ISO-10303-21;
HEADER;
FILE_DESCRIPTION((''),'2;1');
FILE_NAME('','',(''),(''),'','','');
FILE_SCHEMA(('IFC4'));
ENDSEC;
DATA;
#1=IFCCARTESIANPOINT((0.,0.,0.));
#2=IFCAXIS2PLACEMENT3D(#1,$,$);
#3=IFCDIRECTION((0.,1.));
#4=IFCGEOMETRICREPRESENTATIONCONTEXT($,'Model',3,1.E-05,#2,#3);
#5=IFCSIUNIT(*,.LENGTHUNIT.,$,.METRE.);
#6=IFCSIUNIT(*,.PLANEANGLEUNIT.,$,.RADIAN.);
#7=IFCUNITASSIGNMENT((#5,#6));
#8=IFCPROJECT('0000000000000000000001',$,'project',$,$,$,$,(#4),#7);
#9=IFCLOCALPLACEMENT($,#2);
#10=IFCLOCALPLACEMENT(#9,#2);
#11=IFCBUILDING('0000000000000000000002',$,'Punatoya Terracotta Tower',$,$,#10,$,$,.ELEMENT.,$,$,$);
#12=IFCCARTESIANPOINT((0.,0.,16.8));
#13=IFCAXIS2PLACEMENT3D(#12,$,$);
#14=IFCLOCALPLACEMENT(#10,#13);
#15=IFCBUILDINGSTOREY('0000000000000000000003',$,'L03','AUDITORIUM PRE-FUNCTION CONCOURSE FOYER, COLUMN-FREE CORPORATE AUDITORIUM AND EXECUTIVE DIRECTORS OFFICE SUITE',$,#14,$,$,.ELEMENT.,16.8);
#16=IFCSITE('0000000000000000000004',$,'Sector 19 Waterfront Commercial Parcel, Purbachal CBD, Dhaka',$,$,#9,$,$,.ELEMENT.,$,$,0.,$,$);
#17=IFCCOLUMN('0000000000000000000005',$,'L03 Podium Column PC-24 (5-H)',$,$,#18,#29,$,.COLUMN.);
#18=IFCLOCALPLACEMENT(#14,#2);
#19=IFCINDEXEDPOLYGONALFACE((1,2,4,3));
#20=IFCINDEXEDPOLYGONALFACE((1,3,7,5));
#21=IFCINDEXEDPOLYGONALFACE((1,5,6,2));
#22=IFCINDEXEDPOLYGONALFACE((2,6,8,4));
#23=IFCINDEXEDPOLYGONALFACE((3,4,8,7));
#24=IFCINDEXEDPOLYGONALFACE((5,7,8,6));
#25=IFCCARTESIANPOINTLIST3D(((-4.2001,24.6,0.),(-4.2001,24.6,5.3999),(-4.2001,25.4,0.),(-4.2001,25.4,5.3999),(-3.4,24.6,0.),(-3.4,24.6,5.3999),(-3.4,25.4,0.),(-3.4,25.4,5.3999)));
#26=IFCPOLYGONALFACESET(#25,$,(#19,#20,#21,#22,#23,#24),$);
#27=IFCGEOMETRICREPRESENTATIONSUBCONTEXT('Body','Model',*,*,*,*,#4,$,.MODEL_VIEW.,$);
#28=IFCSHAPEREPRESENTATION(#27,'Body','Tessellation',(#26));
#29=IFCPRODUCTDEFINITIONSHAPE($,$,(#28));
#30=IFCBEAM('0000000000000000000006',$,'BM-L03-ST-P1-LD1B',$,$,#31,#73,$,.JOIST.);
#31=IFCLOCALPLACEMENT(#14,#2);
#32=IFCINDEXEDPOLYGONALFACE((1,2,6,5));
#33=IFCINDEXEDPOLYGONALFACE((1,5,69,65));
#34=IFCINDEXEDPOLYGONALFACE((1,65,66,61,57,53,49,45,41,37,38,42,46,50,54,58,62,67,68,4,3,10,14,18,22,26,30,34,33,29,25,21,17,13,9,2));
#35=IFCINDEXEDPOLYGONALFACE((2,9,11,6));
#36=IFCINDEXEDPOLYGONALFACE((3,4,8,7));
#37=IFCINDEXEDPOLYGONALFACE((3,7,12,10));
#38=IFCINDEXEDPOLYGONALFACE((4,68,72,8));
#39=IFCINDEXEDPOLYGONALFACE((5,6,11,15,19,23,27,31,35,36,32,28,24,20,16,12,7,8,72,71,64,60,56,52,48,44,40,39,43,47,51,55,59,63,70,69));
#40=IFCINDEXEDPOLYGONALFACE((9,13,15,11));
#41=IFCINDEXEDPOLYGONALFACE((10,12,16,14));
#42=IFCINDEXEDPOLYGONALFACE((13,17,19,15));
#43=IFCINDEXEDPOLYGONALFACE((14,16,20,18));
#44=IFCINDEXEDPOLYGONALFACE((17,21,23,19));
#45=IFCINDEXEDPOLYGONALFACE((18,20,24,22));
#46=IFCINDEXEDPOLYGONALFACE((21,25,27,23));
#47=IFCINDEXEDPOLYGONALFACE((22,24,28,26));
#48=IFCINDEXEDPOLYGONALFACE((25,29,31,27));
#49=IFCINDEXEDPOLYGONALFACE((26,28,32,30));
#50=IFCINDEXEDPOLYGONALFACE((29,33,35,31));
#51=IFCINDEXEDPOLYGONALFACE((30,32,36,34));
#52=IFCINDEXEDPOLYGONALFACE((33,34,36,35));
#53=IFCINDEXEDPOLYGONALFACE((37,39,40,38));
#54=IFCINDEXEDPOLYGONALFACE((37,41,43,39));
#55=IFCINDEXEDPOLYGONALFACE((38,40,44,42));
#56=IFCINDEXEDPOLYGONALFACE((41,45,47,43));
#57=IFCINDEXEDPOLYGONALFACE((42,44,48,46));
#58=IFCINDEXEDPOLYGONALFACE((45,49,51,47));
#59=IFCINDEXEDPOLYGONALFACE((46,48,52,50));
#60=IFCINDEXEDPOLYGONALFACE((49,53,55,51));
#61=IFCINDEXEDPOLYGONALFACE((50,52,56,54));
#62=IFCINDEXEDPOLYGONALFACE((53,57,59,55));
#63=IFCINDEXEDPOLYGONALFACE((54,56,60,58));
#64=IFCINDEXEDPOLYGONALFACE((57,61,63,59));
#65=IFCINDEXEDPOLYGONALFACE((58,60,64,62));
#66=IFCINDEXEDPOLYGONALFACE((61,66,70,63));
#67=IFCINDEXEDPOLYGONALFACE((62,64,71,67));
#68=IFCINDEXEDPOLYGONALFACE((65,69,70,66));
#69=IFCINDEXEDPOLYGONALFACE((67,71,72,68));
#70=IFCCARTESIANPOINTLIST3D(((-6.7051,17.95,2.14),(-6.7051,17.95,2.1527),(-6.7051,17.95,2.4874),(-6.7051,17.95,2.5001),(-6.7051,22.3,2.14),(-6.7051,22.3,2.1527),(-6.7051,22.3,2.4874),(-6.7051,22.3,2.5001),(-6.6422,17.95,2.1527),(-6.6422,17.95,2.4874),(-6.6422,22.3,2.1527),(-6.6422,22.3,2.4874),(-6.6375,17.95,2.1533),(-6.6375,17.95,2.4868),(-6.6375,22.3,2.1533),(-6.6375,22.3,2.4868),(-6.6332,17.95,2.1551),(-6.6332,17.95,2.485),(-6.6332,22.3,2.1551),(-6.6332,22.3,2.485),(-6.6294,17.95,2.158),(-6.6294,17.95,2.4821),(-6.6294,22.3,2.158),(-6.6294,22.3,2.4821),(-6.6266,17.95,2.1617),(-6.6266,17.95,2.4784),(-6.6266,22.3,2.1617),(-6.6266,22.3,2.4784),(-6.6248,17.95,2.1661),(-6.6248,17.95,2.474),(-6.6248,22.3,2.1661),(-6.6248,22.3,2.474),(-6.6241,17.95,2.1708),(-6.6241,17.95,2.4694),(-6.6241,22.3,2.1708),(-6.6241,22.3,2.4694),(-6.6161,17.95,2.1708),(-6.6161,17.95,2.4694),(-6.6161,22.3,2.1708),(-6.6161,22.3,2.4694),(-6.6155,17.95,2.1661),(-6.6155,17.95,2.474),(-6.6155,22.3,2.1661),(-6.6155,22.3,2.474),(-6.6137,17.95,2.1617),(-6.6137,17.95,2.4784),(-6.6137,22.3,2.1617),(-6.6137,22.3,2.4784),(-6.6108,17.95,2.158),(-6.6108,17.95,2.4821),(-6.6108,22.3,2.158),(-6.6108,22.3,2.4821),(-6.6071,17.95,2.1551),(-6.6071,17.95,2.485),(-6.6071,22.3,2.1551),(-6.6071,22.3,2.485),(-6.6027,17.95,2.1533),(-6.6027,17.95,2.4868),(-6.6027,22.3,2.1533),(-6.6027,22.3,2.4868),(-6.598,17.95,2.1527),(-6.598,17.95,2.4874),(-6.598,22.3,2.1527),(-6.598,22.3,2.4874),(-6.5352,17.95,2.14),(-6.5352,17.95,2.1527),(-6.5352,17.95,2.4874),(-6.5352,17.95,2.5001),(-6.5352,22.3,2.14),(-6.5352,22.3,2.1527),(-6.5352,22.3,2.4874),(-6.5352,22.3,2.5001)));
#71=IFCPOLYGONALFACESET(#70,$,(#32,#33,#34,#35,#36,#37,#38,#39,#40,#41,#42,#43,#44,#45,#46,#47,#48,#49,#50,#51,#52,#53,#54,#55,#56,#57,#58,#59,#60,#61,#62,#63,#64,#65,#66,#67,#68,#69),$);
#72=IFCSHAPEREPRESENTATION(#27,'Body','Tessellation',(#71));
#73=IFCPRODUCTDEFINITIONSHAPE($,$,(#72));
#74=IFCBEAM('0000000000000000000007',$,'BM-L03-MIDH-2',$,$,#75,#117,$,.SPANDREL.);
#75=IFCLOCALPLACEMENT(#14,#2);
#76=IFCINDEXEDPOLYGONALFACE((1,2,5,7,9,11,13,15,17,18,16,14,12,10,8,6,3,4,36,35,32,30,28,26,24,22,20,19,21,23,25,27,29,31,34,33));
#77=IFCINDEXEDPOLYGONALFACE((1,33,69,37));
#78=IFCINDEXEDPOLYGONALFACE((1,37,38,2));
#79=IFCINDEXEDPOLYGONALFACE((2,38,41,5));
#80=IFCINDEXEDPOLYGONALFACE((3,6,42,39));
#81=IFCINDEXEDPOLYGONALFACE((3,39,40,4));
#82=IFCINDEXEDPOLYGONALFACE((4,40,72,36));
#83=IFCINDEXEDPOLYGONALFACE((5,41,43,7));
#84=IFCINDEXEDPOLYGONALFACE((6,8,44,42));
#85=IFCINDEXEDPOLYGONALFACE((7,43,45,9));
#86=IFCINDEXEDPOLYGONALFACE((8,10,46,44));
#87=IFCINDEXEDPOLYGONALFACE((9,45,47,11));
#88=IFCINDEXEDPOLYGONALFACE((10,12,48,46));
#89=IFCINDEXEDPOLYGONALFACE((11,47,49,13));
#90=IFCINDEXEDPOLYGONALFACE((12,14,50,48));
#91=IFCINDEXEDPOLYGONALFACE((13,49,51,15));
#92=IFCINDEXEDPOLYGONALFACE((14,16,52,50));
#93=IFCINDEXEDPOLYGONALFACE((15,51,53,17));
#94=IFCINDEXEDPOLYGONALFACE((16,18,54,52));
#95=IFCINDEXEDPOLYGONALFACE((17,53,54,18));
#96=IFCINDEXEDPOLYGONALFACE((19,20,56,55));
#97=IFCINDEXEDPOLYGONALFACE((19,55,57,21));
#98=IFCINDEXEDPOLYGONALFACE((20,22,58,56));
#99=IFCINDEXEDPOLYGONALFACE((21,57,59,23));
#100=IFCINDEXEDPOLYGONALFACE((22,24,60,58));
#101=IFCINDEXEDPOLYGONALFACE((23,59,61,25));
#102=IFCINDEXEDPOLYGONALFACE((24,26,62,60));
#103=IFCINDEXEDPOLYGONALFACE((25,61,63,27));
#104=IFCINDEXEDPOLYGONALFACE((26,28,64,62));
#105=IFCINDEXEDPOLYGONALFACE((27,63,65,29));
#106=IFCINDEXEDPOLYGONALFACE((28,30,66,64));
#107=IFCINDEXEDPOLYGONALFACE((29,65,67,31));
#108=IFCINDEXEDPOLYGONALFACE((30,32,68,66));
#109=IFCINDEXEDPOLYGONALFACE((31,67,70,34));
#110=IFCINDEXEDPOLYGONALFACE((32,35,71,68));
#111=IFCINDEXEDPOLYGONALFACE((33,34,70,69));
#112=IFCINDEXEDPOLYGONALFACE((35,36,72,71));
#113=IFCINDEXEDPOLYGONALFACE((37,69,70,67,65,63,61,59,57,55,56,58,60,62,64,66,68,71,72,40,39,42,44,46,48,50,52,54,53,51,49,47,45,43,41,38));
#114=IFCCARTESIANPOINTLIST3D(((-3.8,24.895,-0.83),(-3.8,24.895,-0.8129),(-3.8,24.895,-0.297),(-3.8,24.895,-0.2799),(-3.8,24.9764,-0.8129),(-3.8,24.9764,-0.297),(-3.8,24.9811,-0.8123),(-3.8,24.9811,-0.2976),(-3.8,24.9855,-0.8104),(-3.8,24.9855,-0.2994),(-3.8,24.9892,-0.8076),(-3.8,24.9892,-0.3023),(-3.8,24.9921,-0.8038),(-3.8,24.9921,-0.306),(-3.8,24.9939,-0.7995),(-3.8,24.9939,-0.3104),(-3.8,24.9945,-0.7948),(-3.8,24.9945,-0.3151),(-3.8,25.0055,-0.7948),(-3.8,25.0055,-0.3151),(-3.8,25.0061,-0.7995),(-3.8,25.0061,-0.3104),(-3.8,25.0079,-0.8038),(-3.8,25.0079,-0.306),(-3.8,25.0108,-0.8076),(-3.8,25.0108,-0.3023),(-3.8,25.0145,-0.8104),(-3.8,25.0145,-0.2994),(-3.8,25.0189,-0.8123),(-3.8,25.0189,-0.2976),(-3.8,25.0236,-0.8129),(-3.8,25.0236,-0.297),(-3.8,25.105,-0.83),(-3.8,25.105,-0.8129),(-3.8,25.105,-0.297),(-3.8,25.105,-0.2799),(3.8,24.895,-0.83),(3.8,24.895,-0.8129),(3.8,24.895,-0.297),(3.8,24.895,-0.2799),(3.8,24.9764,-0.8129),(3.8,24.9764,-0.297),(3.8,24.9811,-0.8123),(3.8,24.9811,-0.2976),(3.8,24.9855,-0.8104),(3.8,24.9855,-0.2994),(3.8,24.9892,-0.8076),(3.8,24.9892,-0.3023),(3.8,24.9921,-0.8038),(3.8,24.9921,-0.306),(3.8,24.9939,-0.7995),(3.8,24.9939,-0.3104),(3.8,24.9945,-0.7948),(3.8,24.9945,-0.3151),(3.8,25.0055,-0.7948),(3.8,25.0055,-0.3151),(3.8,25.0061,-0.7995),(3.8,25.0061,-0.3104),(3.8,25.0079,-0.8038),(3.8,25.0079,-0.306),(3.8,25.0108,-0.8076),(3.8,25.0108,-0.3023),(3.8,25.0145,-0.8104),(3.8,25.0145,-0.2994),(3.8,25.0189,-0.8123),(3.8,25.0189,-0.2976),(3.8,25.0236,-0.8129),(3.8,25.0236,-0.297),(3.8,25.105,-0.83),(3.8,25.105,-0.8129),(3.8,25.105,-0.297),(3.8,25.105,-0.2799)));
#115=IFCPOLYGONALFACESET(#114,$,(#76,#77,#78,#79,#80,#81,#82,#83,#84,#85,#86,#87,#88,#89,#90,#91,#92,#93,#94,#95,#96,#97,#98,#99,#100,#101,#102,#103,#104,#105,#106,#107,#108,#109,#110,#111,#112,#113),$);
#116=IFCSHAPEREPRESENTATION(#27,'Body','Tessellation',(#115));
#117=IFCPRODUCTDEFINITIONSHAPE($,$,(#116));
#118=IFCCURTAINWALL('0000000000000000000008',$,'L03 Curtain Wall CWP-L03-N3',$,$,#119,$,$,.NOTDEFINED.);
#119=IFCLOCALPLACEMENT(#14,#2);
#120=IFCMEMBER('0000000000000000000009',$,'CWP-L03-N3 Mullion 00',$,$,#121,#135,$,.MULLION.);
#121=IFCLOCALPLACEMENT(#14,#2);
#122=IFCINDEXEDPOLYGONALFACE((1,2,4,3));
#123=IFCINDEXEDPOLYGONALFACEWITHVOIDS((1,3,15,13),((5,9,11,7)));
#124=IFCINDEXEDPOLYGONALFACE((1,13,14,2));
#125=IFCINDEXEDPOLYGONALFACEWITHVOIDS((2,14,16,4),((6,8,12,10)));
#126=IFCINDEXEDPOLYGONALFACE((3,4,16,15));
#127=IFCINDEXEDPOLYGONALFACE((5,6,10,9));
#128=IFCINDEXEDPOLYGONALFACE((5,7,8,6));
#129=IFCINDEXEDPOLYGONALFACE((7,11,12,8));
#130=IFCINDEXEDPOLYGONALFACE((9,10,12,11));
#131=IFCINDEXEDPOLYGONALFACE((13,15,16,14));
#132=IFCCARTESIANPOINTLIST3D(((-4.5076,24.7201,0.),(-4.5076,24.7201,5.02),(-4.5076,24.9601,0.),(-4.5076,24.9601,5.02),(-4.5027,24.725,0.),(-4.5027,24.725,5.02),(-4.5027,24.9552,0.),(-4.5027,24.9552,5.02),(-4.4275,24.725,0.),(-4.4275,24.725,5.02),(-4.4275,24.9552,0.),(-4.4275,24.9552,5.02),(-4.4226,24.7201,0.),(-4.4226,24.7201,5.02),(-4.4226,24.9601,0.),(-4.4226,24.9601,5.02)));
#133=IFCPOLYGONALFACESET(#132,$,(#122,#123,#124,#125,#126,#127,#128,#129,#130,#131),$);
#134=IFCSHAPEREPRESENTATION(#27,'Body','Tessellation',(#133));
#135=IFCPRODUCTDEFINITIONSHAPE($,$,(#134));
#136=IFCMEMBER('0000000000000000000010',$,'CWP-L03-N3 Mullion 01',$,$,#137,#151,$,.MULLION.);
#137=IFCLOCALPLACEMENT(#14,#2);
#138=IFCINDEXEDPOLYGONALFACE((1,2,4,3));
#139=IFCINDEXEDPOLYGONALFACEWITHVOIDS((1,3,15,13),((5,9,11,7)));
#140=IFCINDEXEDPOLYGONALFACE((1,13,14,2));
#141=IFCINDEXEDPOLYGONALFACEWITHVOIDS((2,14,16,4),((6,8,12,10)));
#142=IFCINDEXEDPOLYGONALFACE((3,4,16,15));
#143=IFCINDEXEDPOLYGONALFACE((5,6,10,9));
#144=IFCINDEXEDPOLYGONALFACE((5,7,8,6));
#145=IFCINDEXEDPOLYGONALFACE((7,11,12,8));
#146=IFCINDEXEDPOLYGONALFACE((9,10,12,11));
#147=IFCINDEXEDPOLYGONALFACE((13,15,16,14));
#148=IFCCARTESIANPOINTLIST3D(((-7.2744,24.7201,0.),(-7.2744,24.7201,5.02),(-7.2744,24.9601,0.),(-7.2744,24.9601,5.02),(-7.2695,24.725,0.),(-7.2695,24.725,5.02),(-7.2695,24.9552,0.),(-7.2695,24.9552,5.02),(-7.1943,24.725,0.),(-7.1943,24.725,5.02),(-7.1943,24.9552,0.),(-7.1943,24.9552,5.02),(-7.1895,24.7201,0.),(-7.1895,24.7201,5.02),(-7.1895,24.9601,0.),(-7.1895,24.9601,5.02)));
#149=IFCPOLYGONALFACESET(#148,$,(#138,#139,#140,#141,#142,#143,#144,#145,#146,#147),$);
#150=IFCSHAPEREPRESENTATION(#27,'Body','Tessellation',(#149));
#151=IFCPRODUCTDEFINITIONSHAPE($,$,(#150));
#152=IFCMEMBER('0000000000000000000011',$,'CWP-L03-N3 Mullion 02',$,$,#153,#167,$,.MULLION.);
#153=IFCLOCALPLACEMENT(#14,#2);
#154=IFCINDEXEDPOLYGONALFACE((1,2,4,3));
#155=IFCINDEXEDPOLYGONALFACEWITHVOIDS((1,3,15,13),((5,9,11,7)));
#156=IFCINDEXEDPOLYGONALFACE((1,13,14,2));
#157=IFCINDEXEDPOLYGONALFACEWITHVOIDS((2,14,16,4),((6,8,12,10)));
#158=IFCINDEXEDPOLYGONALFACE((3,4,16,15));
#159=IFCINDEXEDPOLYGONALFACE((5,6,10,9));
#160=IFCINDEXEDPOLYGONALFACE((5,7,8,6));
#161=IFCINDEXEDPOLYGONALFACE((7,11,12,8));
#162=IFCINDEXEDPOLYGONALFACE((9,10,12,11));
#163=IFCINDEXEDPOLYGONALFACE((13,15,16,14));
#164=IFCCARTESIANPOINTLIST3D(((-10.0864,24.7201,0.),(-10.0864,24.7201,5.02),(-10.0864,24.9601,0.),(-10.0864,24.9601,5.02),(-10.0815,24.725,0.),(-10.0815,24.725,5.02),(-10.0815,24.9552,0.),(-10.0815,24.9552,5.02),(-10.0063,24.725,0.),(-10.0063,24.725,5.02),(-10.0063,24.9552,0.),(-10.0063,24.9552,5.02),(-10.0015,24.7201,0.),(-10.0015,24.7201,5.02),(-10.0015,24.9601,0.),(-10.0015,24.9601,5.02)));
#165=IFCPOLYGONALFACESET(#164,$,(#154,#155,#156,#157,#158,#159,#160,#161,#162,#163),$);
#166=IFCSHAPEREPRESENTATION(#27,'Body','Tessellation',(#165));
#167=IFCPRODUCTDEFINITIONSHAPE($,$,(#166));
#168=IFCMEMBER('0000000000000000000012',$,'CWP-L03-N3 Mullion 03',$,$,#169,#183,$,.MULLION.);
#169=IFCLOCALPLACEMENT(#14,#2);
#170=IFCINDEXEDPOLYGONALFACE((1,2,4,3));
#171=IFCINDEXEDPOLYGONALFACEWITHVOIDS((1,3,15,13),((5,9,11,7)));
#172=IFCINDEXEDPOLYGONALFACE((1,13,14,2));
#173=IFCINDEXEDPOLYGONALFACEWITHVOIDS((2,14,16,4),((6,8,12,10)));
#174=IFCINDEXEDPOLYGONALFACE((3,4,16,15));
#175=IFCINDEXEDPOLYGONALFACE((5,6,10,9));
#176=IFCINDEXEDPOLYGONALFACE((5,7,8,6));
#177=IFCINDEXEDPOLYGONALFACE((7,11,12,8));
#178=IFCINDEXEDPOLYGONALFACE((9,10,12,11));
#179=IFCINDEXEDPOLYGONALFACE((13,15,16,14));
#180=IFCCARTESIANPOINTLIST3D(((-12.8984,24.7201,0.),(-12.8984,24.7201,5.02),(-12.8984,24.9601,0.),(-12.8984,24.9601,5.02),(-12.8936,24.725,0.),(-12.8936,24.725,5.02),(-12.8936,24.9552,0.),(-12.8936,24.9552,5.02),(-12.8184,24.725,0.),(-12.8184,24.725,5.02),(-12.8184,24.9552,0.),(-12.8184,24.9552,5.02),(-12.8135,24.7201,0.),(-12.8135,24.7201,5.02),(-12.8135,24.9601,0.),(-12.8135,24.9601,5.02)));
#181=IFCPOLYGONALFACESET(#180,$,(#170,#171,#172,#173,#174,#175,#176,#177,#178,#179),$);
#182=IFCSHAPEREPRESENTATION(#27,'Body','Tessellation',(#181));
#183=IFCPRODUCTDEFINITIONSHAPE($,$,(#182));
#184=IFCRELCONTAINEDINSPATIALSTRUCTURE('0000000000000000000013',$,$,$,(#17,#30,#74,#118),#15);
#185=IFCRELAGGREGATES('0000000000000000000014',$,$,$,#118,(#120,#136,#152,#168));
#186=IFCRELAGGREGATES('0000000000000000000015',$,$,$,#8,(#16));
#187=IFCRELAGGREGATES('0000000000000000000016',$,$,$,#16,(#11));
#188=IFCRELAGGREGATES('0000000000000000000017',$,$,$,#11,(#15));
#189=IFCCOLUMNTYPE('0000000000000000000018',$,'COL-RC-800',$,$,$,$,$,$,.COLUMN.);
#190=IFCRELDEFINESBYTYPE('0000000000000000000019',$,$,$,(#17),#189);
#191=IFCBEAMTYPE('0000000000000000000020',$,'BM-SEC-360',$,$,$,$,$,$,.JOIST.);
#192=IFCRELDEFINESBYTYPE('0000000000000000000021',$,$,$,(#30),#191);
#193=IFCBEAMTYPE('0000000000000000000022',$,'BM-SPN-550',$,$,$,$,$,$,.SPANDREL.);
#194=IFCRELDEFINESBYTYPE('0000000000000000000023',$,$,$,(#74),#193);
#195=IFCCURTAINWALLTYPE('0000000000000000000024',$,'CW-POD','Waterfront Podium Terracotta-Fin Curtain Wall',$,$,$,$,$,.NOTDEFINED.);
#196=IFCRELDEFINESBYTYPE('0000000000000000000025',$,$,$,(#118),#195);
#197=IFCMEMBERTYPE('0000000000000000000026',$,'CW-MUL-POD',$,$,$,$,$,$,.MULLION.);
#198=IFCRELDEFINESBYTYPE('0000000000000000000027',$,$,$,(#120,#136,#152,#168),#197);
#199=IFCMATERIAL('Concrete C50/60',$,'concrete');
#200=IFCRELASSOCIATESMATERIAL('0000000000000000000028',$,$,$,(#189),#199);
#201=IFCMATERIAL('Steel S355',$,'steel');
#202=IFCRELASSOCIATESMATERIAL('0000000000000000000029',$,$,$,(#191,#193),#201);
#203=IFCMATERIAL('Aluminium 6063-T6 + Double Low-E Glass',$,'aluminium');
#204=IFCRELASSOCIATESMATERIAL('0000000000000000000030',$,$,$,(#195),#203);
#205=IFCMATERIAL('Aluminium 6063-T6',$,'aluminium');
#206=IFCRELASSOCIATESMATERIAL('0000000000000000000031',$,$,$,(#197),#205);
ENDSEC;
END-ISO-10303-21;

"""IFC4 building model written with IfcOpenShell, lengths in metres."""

from ifc_helpers import new_model, si_unit, direction, frame, origin, origin_2d, place, context, subcontext, project, spatial, rectangle, hollow_rectangle, i_section, extrude, material, material_profile, profile_set, type_object, element, aggregate, save


model = new_model("IFC4")

# Units and contexts
model_context = context("Model", 3, precision=1e-05, world=origin(), true_north=direction((0.0, 1.0)))
body_context = subcontext(model_context, "Body", "Model", "MODEL_VIEW")
ifc_project = project(units=[si_unit("LENGTHUNIT", "METRE"), si_unit("PLANEANGLEUNIT", "RADIAN")], contexts=[model_context])

# Site, building, storey
site_placement = place(None, origin())
site = spatial("IfcSite", under=ifc_project, at=site_placement, Name="Sector 19 Waterfront Commercial Parcel, Purbachal CBD, Dhaka", CompositionType="ELEMENT", RefElevation=0.0)
building_placement = place(site_placement, origin())
building = spatial("IfcBuilding", under=site, at=building_placement, Name="Punatoya Terracotta Tower", CompositionType="ELEMENT")
storey_placement = place(building_placement, frame((0.0, 0.0, 16.8)))
storey = spatial("IfcBuildingStorey", under=building, at=storey_placement, Name="L03", Description="AUDITORIUM PRE-FUNCTION CONCOURSE FOYER, COLUMN-FREE CORPORATE AUDITORIUM AND EXECUTIVE DIRECTORS OFFICE SUITE", CompositionType="ELEMENT", Elevation=16.8)

# Column
ifc_material_1 = material(Name="Concrete C50/60", Category="concrete")
ifc_material_profile_1 = material_profile(ifc_material_1, rectangle(XDim=0.8, YDim=0.8, at=origin_2d()))
ifc_profile_set_1 = profile_set([ifc_material_profile_1], Name="Concrete C50/60")
column_type = type_object("IfcColumnType", Name="COL-RC-800", PredefinedType="COLUMN", material=ifc_profile_set_1)
column_placement = place(storey_placement, frame((-3.8, 25.0, 0.0), z_axis=(0.0, 0.0, 1.0), x_axis=(1.0, 0.0, 0.0)))
element("IfcColumn", 1, at=column_placement, inside=storey, type_object=column_type, Name="L03 Podium Column PC-24 (5-H)", PredefinedType="COLUMN", context=body_context, shape_type="SweptSolid", body=[
    extrude(rectangle(XDim=0.8, YDim=0.8, at=origin_2d()), origin(), (0.0, 0.0, 1.0), 5.3999),
])

# Beams
ifc_material_2 = material(Name="Steel S355", Category="steel")
ifc_material_profile_2 = material_profile(ifc_material_2, i_section(OverallWidth=0.1699, OverallDepth=0.3601, WebThickness=0.0081, FlangeThickness=0.0127, FilletRadius=0.0181, at=origin_2d()))
ifc_profile_set_2 = profile_set([ifc_material_profile_2], Name="Steel S355")
beam_type_1 = type_object("IfcBeamType", Name="BM-SEC-360", PredefinedType="JOIST", material=ifc_profile_set_2)
beam_1_placement = place(storey_placement, frame((-6.6201, 17.95, 2.3201), z_axis=(0.0, 1.0, 0.0), x_axis=(-1.0, 0.0, 0.0)))
element("IfcBeam", 2, at=beam_1_placement, inside=storey, type_object=beam_type_1, Name="BM-L03-ST-P1-LD1B", PredefinedType="JOIST", context=body_context, shape_type="SweptSolid", body=[
    extrude(i_section(OverallWidth=0.1699, OverallDepth=0.3601, WebThickness=0.0081, FlangeThickness=0.0127, FilletRadius=0.0181, at=origin_2d()), origin(), (0.0, 0.0, 1.0), 4.3501),
])
ifc_material_profile_3 = material_profile(ifc_material_2, i_section(OverallWidth=0.21, OverallDepth=0.55, WebThickness=0.011, FlangeThickness=0.0171, FilletRadius=0.0181, at=origin_2d()))
ifc_profile_set_3 = profile_set([ifc_material_profile_3], Name="Steel S355")
beam_type_2 = type_object("IfcBeamType", Name="BM-SPN-550", PredefinedType="SPANDREL", material=ifc_profile_set_3)
beam_2_placement = place(storey_placement, frame((-3.8, 25.0, -0.5549), z_axis=(1.0, 0.0, 0.0), x_axis=(0.0, 1.0, 0.0)))
element("IfcBeam", 3, at=beam_2_placement, inside=storey, type_object=beam_type_2, Name="BM-L03-MIDH-2", PredefinedType="SPANDREL", context=body_context, shape_type="SweptSolid", body=[
    extrude(i_section(OverallWidth=0.21, OverallDepth=0.55, WebThickness=0.011, FlangeThickness=0.0171, FilletRadius=0.0181, at=origin_2d()), origin(), (0.0, 0.0, 1.0), 7.6001),
])

# Curtain wall, members
ifc_material_3 = material(Name="Aluminium 6063-T6 + Double Low-E Glass", Category="aluminium")
curtain_wall_type = type_object("IfcCurtainWallType", Name="CW-POD", Description="Waterfront Podium Terracotta-Fin Curtain Wall", PredefinedType="NOTDEFINED", material=ifc_material_3)
curtain_wall_1_placement = place(storey_placement, origin())
curtain_wall_1 = element("IfcCurtainWall", 4, at=curtain_wall_1_placement, inside=storey, type_object=curtain_wall_type, Name="L03 Curtain Wall CWP-L03-N3", PredefinedType="NOTDEFINED")
ifc_material_4 = material(Name="Aluminium 6063-T6", Category="aluminium")
ifc_material_profile_4 = material_profile(ifc_material_4, hollow_rectangle(XDim=0.085, YDim=0.24, WallThickness=0.0049, at=origin_2d()))
ifc_profile_set_4 = profile_set([ifc_material_profile_4], Name="Aluminium 6063-T6")
member_type_1 = type_object("IfcMemberType", Name="CW-MUL-POD", PredefinedType="MULLION", material=ifc_profile_set_4)
member_1_placement = place(storey_placement, frame((-4.4651, 24.8401, 0.0), z_axis=(0.0, 0.0, 1.0), x_axis=(1.0, 0.0, 0.0)))
member_1 = element("IfcMember", 5, at=member_1_placement, type_object=member_type_1, Name="CWP-L03-N3 Mullion 00", PredefinedType="MULLION", context=body_context, shape_type="SweptSolid", body=[
    extrude(hollow_rectangle(XDim=0.085, YDim=0.24, WallThickness=0.0049, at=origin_2d()), origin(), (0.0, 0.0, 1.0), 5.02),
])
member_2_placement = place(storey_placement, frame((-7.2319, 24.8401, 0.0), z_axis=(0.0, 0.0, 1.0), x_axis=(1.0, 0.0, 0.0)))
member_2 = element("IfcMember", 6, at=member_2_placement, type_object=member_type_1, Name="CWP-L03-N3 Mullion 01", PredefinedType="MULLION", context=body_context, shape_type="SweptSolid", body=[
    extrude(hollow_rectangle(XDim=0.085, YDim=0.24, WallThickness=0.0049, at=origin_2d()), origin(), (0.0, 0.0, 1.0), 5.02),
])
member_3_placement = place(storey_placement, frame((-10.0439, 24.8401, 0.0), z_axis=(0.0, 0.0, 1.0), x_axis=(1.0, 0.0, 0.0)))
member_3 = element("IfcMember", 7, at=member_3_placement, type_object=member_type_1, Name="CWP-L03-N3 Mullion 02", PredefinedType="MULLION", context=body_context, shape_type="SweptSolid", body=[
    extrude(hollow_rectangle(XDim=0.085, YDim=0.24, WallThickness=0.0049, at=origin_2d()), origin(), (0.0, 0.0, 1.0), 5.02),
])
member_4_placement = place(storey_placement, frame((-12.856, 24.8401, 0.0), z_axis=(0.0, 0.0, 1.0), x_axis=(1.0, 0.0, 0.0)))
member_4 = element("IfcMember", 8, at=member_4_placement, type_object=member_type_1, Name="CWP-L03-N3 Mullion 03", PredefinedType="MULLION", context=body_context, shape_type="SweptSolid", body=[
    extrude(hollow_rectangle(XDim=0.085, YDim=0.24, WallThickness=0.0049, at=origin_2d()), origin(), (0.0, 0.0, 1.0), 5.02),
])

aggregate(curtain_wall_1, [member_1, member_2, member_3, member_4])

save(model, "model.ifc")
